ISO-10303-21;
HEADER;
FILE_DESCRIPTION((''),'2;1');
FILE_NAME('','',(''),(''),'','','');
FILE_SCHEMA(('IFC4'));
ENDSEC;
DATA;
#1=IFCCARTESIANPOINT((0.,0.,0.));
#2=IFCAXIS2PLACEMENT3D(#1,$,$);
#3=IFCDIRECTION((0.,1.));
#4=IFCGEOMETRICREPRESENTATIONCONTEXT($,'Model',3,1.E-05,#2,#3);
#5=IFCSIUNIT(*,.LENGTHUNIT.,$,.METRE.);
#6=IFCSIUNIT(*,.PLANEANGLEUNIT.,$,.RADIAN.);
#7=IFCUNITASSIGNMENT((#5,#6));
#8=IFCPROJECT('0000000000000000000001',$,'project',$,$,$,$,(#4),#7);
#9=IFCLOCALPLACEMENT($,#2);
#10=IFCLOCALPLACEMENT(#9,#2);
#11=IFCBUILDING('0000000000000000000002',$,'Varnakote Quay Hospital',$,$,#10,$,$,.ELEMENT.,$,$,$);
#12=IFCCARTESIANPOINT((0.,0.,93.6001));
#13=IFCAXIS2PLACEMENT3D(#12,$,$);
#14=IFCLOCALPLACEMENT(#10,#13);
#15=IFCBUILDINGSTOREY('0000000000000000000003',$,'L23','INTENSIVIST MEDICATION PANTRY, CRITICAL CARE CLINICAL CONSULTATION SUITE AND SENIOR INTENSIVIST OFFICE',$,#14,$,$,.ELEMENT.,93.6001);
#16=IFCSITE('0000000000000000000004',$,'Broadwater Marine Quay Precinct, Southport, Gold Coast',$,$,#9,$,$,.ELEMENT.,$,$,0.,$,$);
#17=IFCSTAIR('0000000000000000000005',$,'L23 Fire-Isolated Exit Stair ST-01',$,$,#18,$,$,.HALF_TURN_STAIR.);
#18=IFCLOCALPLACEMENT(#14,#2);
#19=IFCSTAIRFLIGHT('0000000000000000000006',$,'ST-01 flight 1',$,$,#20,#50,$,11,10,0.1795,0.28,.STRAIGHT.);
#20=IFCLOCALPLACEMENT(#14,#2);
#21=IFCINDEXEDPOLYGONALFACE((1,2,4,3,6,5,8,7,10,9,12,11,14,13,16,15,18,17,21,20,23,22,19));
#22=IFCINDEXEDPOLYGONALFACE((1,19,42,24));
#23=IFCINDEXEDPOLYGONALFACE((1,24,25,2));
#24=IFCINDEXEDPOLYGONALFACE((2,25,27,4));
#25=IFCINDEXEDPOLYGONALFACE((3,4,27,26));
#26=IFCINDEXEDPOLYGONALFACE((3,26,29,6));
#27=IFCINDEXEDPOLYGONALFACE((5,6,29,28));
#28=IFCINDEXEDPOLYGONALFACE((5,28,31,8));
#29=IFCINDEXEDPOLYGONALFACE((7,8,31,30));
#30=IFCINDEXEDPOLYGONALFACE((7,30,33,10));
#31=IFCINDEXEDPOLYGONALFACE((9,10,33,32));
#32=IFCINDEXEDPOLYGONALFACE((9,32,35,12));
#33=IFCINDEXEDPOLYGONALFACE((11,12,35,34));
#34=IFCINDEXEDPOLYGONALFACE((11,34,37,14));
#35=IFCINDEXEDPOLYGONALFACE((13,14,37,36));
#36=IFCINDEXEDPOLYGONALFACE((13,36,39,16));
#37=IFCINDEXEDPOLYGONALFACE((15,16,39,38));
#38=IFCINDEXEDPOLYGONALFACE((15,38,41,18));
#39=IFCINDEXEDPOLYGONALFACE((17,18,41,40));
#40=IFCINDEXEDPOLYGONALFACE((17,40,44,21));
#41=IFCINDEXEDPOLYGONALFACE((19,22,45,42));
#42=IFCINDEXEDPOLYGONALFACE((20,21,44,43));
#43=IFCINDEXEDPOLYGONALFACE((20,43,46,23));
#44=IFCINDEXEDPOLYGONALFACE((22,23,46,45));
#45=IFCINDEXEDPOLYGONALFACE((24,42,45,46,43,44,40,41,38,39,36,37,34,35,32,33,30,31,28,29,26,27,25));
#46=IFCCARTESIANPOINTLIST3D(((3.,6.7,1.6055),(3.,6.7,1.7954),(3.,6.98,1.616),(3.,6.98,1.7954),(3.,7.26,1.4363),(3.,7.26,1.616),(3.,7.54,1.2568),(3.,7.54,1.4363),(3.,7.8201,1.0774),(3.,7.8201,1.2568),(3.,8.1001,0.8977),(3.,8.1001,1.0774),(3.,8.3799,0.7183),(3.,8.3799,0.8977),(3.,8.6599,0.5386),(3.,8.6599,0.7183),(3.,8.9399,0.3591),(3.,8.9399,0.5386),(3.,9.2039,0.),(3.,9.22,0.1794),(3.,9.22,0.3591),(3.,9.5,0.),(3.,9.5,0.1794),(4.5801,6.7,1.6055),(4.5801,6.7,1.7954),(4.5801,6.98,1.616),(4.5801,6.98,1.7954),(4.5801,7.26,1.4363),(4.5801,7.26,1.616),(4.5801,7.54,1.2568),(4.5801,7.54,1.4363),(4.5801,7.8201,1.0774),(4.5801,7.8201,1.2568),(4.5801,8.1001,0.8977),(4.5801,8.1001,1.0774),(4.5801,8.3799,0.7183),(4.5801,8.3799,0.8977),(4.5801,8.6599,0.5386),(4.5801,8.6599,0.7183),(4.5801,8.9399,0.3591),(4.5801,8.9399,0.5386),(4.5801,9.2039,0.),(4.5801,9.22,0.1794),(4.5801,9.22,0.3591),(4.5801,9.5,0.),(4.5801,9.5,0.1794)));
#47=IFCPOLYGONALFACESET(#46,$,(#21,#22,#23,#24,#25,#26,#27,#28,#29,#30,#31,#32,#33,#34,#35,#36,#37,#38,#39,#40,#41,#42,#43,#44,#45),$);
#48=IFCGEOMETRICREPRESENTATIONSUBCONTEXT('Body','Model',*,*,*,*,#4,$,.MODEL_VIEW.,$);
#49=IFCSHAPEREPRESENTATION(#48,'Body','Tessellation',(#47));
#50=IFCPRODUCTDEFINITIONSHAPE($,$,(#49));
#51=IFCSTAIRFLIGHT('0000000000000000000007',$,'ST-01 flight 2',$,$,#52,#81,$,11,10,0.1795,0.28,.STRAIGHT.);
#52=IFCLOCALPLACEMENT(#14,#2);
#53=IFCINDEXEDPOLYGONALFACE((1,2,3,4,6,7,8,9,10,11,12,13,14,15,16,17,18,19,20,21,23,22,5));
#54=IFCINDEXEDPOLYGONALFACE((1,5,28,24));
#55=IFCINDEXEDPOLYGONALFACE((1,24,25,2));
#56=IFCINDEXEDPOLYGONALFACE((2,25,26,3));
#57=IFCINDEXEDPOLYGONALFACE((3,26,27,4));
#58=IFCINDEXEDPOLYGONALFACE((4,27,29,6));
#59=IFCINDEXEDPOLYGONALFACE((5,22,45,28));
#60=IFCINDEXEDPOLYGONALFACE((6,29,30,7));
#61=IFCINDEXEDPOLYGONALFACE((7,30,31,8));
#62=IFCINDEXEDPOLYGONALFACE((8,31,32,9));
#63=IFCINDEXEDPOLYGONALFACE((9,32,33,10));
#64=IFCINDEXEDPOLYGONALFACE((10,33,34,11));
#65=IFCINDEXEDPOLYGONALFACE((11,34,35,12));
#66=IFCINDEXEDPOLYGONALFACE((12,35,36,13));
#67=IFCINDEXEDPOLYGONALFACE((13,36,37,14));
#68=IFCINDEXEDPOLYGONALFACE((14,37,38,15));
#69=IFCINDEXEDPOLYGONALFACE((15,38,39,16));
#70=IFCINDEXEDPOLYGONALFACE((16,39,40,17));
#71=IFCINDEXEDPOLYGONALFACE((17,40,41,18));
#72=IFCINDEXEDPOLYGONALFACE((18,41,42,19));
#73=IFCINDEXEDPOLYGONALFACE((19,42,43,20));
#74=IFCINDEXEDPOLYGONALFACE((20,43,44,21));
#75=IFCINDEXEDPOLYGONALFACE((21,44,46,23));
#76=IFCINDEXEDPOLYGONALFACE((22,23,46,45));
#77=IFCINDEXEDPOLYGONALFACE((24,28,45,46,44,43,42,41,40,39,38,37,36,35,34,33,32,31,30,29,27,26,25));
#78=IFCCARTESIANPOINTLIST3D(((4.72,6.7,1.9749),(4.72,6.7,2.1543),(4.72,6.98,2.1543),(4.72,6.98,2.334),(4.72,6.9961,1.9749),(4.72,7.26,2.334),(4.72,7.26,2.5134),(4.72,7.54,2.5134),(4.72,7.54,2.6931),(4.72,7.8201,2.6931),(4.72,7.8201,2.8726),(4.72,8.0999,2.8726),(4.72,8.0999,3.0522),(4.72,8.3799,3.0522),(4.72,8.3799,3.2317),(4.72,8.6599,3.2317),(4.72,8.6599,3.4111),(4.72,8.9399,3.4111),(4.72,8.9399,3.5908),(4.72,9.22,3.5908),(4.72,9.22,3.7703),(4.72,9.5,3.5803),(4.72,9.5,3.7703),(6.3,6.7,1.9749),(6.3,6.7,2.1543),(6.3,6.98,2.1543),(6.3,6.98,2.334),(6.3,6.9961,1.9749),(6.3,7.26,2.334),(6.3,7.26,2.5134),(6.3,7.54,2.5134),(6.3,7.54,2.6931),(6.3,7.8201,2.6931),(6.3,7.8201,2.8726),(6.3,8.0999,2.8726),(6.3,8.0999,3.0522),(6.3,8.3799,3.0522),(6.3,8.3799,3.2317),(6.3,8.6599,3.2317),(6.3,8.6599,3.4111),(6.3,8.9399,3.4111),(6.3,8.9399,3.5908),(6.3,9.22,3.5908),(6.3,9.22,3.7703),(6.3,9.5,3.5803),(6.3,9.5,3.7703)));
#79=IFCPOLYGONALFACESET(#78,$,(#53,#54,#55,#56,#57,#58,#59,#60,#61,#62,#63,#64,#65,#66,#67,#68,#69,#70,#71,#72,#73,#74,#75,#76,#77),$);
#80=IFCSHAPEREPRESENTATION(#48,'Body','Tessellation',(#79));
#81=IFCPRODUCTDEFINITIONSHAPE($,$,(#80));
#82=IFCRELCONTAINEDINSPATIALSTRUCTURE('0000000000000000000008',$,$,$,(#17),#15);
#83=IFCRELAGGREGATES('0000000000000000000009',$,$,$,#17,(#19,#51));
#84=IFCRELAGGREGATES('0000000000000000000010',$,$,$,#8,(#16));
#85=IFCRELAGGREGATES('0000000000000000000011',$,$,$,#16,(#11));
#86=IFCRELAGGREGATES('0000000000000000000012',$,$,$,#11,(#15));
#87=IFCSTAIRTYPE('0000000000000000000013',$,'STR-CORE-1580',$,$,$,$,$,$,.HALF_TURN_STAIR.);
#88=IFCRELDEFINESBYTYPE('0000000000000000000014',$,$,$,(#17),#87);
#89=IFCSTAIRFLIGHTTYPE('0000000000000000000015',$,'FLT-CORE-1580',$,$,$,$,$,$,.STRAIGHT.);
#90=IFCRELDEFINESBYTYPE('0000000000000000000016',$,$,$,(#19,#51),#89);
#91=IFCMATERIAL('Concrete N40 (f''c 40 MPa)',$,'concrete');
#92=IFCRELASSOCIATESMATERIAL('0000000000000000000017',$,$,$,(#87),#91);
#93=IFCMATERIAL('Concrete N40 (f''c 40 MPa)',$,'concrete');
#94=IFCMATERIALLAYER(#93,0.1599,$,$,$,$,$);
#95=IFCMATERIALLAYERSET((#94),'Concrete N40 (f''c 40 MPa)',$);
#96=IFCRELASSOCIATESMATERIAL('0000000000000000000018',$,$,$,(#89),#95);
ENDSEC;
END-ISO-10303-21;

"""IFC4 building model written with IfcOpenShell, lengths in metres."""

from ifc_helpers import new_model, si_unit, direction, frame, origin, place, context, subcontext, project, spatial, polyline, outline, extrude, material, layer, layer_set, type_object, element, aggregate, save


model = new_model("IFC4")

# Units and contexts
model_context = context("Model", 3, precision=1e-05, world=origin(), true_north=direction((0.0, 1.0)))
body_context = subcontext(model_context, "Body", "Model", "MODEL_VIEW")
ifc_project = project(units=[si_unit("LENGTHUNIT", "METRE"), si_unit("PLANEANGLEUNIT", "RADIAN")], contexts=[model_context])

# Site, building, storey
site_placement = place(None, origin())
site = spatial("IfcSite", under=ifc_project, at=site_placement, Name="Broadwater Marine Quay Precinct, Southport, Gold Coast", CompositionType="ELEMENT", RefElevation=0.0)
building_placement = place(site_placement, origin())
building = spatial("IfcBuilding", under=site, at=building_placement, Name="Varnakote Quay Hospital", CompositionType="ELEMENT")
storey_placement = place(building_placement, frame((0.0, 0.0, 93.6001)))
storey = spatial("IfcBuildingStorey", under=building, at=storey_placement, Name="L23", Description="INTENSIVIST MEDICATION PANTRY, CRITICAL CARE CLINICAL CONSULTATION SUITE AND SENIOR INTENSIVIST OFFICE", CompositionType="ELEMENT", Elevation=93.6001)

# Stair, stair flights
ifc_material_1 = material(Name="Concrete N40 (f'c 40 MPa)", Category="concrete")
stair_type = type_object("IfcStairType", Name="STR-CORE-1580", PredefinedType="HALF_TURN_STAIR", material=ifc_material_1)
stair_placement = place(storey_placement, origin())
stair = element("IfcStair", 1, at=stair_placement, inside=storey, type_object=stair_type, Name="L23 Fire-Isolated Exit Stair ST-01", PredefinedType="HALF_TURN_STAIR")
ifc_material_2 = material(Name="Concrete N40 (f'c 40 MPa)", Category="concrete")
ifc_layer_1 = layer(ifc_material_2, 0.1599)
ifc_layer_set_1 = layer_set([ifc_layer_1], Name="Concrete N40 (f'c 40 MPa)")
stair_flight_type = type_object("IfcStairFlightType", Name="FLT-CORE-1580", PredefinedType="STRAIGHT", material=ifc_layer_set_1)
stair_flight_1_placement = place(storey_placement, frame((3.79, 9.5, 0.0), z_axis=(0.0, 0.0, 1.0), x_axis=(0.0, -1.0, 0.0)))
stair_flight_1 = element("IfcStairFlight", 2, at=stair_flight_1_placement, type_object=stair_flight_type, Name="ST-01 flight 1", NumberOfRisers=11, NumberOfTreads=10, PredefinedType="STRAIGHT", RiserHeight=0.1795, TreadLength=0.28, context=body_context, shape_type="SweptSolid", body=[
    extrude(outline(polyline([(0.0, 0.0), (0.0, 0.1794), (0.28, 0.1794), (0.28, 0.3591), (0.5601, 0.3591), (0.5601, 0.5386), (0.8401, 0.5386), (0.8401, 0.7183), (1.1201, 0.7183), (1.1201, 0.8977), (1.3999, 0.8977), (1.3999, 1.0774), (1.6799, 1.0774), (1.6799, 1.2568), (1.96, 1.2568), (1.96, 1.4363), (2.24, 1.4363), (2.24, 1.616), (2.52, 1.616), (2.52, 1.7954), (2.8, 1.7954), (2.8, 1.9751), (2.8, 1.6055), (0.2961, 0.0), (0.0, 0.0)])), frame((0.0, 0.79, 0.0), z_axis=(0.0, -1.0, 0.0), x_axis=(1.0, 0.0, 0.0)), (0.0, 0.0, 1.0), 1.5801),
])
stair_flight_2_placement = place(storey_placement, frame((5.51, 6.7, 1.9749), z_axis=(0.0, 0.0, 1.0), x_axis=(0.0, 1.0, 0.0)))
stair_flight_2 = element("IfcStairFlight", 3, at=stair_flight_2_placement, type_object=stair_flight_type, Name="ST-01 flight 2", NumberOfRisers=11, NumberOfTreads=10, PredefinedType="STRAIGHT", RiserHeight=0.1795, TreadLength=0.28, context=body_context, shape_type="SweptSolid", body=[
    extrude(outline(polyline([(0.0, 0.0), (0.0, 0.1794), (0.28, 0.1794), (0.28, 0.3591), (0.5601, 0.3591), (0.5601, 0.5386), (0.8401, 0.5386), (0.8401, 0.7183), (1.1201, 0.7183), (1.1201, 0.8977), (1.3999, 0.8977), (1.3999, 1.0774), (1.6799, 1.0774), (1.6799, 1.2568), (1.96, 1.2568), (1.96, 1.4363), (2.24, 1.4363), (2.24, 1.616), (2.52, 1.616), (2.52, 1.7954), (2.8, 1.7954), (2.8, 1.9751), (2.8, 1.6055), (0.2961, 0.0), (0.0, 0.0)])), frame((0.0, 0.79, 0.0), z_axis=(0.0, -1.0, 0.0), x_axis=(1.0, 0.0, 0.0)), (0.0, 0.0, 1.0), 1.5801),
])
aggregate(stair, [stair_flight_1, stair_flight_2])

save(model, "model.ifc")
